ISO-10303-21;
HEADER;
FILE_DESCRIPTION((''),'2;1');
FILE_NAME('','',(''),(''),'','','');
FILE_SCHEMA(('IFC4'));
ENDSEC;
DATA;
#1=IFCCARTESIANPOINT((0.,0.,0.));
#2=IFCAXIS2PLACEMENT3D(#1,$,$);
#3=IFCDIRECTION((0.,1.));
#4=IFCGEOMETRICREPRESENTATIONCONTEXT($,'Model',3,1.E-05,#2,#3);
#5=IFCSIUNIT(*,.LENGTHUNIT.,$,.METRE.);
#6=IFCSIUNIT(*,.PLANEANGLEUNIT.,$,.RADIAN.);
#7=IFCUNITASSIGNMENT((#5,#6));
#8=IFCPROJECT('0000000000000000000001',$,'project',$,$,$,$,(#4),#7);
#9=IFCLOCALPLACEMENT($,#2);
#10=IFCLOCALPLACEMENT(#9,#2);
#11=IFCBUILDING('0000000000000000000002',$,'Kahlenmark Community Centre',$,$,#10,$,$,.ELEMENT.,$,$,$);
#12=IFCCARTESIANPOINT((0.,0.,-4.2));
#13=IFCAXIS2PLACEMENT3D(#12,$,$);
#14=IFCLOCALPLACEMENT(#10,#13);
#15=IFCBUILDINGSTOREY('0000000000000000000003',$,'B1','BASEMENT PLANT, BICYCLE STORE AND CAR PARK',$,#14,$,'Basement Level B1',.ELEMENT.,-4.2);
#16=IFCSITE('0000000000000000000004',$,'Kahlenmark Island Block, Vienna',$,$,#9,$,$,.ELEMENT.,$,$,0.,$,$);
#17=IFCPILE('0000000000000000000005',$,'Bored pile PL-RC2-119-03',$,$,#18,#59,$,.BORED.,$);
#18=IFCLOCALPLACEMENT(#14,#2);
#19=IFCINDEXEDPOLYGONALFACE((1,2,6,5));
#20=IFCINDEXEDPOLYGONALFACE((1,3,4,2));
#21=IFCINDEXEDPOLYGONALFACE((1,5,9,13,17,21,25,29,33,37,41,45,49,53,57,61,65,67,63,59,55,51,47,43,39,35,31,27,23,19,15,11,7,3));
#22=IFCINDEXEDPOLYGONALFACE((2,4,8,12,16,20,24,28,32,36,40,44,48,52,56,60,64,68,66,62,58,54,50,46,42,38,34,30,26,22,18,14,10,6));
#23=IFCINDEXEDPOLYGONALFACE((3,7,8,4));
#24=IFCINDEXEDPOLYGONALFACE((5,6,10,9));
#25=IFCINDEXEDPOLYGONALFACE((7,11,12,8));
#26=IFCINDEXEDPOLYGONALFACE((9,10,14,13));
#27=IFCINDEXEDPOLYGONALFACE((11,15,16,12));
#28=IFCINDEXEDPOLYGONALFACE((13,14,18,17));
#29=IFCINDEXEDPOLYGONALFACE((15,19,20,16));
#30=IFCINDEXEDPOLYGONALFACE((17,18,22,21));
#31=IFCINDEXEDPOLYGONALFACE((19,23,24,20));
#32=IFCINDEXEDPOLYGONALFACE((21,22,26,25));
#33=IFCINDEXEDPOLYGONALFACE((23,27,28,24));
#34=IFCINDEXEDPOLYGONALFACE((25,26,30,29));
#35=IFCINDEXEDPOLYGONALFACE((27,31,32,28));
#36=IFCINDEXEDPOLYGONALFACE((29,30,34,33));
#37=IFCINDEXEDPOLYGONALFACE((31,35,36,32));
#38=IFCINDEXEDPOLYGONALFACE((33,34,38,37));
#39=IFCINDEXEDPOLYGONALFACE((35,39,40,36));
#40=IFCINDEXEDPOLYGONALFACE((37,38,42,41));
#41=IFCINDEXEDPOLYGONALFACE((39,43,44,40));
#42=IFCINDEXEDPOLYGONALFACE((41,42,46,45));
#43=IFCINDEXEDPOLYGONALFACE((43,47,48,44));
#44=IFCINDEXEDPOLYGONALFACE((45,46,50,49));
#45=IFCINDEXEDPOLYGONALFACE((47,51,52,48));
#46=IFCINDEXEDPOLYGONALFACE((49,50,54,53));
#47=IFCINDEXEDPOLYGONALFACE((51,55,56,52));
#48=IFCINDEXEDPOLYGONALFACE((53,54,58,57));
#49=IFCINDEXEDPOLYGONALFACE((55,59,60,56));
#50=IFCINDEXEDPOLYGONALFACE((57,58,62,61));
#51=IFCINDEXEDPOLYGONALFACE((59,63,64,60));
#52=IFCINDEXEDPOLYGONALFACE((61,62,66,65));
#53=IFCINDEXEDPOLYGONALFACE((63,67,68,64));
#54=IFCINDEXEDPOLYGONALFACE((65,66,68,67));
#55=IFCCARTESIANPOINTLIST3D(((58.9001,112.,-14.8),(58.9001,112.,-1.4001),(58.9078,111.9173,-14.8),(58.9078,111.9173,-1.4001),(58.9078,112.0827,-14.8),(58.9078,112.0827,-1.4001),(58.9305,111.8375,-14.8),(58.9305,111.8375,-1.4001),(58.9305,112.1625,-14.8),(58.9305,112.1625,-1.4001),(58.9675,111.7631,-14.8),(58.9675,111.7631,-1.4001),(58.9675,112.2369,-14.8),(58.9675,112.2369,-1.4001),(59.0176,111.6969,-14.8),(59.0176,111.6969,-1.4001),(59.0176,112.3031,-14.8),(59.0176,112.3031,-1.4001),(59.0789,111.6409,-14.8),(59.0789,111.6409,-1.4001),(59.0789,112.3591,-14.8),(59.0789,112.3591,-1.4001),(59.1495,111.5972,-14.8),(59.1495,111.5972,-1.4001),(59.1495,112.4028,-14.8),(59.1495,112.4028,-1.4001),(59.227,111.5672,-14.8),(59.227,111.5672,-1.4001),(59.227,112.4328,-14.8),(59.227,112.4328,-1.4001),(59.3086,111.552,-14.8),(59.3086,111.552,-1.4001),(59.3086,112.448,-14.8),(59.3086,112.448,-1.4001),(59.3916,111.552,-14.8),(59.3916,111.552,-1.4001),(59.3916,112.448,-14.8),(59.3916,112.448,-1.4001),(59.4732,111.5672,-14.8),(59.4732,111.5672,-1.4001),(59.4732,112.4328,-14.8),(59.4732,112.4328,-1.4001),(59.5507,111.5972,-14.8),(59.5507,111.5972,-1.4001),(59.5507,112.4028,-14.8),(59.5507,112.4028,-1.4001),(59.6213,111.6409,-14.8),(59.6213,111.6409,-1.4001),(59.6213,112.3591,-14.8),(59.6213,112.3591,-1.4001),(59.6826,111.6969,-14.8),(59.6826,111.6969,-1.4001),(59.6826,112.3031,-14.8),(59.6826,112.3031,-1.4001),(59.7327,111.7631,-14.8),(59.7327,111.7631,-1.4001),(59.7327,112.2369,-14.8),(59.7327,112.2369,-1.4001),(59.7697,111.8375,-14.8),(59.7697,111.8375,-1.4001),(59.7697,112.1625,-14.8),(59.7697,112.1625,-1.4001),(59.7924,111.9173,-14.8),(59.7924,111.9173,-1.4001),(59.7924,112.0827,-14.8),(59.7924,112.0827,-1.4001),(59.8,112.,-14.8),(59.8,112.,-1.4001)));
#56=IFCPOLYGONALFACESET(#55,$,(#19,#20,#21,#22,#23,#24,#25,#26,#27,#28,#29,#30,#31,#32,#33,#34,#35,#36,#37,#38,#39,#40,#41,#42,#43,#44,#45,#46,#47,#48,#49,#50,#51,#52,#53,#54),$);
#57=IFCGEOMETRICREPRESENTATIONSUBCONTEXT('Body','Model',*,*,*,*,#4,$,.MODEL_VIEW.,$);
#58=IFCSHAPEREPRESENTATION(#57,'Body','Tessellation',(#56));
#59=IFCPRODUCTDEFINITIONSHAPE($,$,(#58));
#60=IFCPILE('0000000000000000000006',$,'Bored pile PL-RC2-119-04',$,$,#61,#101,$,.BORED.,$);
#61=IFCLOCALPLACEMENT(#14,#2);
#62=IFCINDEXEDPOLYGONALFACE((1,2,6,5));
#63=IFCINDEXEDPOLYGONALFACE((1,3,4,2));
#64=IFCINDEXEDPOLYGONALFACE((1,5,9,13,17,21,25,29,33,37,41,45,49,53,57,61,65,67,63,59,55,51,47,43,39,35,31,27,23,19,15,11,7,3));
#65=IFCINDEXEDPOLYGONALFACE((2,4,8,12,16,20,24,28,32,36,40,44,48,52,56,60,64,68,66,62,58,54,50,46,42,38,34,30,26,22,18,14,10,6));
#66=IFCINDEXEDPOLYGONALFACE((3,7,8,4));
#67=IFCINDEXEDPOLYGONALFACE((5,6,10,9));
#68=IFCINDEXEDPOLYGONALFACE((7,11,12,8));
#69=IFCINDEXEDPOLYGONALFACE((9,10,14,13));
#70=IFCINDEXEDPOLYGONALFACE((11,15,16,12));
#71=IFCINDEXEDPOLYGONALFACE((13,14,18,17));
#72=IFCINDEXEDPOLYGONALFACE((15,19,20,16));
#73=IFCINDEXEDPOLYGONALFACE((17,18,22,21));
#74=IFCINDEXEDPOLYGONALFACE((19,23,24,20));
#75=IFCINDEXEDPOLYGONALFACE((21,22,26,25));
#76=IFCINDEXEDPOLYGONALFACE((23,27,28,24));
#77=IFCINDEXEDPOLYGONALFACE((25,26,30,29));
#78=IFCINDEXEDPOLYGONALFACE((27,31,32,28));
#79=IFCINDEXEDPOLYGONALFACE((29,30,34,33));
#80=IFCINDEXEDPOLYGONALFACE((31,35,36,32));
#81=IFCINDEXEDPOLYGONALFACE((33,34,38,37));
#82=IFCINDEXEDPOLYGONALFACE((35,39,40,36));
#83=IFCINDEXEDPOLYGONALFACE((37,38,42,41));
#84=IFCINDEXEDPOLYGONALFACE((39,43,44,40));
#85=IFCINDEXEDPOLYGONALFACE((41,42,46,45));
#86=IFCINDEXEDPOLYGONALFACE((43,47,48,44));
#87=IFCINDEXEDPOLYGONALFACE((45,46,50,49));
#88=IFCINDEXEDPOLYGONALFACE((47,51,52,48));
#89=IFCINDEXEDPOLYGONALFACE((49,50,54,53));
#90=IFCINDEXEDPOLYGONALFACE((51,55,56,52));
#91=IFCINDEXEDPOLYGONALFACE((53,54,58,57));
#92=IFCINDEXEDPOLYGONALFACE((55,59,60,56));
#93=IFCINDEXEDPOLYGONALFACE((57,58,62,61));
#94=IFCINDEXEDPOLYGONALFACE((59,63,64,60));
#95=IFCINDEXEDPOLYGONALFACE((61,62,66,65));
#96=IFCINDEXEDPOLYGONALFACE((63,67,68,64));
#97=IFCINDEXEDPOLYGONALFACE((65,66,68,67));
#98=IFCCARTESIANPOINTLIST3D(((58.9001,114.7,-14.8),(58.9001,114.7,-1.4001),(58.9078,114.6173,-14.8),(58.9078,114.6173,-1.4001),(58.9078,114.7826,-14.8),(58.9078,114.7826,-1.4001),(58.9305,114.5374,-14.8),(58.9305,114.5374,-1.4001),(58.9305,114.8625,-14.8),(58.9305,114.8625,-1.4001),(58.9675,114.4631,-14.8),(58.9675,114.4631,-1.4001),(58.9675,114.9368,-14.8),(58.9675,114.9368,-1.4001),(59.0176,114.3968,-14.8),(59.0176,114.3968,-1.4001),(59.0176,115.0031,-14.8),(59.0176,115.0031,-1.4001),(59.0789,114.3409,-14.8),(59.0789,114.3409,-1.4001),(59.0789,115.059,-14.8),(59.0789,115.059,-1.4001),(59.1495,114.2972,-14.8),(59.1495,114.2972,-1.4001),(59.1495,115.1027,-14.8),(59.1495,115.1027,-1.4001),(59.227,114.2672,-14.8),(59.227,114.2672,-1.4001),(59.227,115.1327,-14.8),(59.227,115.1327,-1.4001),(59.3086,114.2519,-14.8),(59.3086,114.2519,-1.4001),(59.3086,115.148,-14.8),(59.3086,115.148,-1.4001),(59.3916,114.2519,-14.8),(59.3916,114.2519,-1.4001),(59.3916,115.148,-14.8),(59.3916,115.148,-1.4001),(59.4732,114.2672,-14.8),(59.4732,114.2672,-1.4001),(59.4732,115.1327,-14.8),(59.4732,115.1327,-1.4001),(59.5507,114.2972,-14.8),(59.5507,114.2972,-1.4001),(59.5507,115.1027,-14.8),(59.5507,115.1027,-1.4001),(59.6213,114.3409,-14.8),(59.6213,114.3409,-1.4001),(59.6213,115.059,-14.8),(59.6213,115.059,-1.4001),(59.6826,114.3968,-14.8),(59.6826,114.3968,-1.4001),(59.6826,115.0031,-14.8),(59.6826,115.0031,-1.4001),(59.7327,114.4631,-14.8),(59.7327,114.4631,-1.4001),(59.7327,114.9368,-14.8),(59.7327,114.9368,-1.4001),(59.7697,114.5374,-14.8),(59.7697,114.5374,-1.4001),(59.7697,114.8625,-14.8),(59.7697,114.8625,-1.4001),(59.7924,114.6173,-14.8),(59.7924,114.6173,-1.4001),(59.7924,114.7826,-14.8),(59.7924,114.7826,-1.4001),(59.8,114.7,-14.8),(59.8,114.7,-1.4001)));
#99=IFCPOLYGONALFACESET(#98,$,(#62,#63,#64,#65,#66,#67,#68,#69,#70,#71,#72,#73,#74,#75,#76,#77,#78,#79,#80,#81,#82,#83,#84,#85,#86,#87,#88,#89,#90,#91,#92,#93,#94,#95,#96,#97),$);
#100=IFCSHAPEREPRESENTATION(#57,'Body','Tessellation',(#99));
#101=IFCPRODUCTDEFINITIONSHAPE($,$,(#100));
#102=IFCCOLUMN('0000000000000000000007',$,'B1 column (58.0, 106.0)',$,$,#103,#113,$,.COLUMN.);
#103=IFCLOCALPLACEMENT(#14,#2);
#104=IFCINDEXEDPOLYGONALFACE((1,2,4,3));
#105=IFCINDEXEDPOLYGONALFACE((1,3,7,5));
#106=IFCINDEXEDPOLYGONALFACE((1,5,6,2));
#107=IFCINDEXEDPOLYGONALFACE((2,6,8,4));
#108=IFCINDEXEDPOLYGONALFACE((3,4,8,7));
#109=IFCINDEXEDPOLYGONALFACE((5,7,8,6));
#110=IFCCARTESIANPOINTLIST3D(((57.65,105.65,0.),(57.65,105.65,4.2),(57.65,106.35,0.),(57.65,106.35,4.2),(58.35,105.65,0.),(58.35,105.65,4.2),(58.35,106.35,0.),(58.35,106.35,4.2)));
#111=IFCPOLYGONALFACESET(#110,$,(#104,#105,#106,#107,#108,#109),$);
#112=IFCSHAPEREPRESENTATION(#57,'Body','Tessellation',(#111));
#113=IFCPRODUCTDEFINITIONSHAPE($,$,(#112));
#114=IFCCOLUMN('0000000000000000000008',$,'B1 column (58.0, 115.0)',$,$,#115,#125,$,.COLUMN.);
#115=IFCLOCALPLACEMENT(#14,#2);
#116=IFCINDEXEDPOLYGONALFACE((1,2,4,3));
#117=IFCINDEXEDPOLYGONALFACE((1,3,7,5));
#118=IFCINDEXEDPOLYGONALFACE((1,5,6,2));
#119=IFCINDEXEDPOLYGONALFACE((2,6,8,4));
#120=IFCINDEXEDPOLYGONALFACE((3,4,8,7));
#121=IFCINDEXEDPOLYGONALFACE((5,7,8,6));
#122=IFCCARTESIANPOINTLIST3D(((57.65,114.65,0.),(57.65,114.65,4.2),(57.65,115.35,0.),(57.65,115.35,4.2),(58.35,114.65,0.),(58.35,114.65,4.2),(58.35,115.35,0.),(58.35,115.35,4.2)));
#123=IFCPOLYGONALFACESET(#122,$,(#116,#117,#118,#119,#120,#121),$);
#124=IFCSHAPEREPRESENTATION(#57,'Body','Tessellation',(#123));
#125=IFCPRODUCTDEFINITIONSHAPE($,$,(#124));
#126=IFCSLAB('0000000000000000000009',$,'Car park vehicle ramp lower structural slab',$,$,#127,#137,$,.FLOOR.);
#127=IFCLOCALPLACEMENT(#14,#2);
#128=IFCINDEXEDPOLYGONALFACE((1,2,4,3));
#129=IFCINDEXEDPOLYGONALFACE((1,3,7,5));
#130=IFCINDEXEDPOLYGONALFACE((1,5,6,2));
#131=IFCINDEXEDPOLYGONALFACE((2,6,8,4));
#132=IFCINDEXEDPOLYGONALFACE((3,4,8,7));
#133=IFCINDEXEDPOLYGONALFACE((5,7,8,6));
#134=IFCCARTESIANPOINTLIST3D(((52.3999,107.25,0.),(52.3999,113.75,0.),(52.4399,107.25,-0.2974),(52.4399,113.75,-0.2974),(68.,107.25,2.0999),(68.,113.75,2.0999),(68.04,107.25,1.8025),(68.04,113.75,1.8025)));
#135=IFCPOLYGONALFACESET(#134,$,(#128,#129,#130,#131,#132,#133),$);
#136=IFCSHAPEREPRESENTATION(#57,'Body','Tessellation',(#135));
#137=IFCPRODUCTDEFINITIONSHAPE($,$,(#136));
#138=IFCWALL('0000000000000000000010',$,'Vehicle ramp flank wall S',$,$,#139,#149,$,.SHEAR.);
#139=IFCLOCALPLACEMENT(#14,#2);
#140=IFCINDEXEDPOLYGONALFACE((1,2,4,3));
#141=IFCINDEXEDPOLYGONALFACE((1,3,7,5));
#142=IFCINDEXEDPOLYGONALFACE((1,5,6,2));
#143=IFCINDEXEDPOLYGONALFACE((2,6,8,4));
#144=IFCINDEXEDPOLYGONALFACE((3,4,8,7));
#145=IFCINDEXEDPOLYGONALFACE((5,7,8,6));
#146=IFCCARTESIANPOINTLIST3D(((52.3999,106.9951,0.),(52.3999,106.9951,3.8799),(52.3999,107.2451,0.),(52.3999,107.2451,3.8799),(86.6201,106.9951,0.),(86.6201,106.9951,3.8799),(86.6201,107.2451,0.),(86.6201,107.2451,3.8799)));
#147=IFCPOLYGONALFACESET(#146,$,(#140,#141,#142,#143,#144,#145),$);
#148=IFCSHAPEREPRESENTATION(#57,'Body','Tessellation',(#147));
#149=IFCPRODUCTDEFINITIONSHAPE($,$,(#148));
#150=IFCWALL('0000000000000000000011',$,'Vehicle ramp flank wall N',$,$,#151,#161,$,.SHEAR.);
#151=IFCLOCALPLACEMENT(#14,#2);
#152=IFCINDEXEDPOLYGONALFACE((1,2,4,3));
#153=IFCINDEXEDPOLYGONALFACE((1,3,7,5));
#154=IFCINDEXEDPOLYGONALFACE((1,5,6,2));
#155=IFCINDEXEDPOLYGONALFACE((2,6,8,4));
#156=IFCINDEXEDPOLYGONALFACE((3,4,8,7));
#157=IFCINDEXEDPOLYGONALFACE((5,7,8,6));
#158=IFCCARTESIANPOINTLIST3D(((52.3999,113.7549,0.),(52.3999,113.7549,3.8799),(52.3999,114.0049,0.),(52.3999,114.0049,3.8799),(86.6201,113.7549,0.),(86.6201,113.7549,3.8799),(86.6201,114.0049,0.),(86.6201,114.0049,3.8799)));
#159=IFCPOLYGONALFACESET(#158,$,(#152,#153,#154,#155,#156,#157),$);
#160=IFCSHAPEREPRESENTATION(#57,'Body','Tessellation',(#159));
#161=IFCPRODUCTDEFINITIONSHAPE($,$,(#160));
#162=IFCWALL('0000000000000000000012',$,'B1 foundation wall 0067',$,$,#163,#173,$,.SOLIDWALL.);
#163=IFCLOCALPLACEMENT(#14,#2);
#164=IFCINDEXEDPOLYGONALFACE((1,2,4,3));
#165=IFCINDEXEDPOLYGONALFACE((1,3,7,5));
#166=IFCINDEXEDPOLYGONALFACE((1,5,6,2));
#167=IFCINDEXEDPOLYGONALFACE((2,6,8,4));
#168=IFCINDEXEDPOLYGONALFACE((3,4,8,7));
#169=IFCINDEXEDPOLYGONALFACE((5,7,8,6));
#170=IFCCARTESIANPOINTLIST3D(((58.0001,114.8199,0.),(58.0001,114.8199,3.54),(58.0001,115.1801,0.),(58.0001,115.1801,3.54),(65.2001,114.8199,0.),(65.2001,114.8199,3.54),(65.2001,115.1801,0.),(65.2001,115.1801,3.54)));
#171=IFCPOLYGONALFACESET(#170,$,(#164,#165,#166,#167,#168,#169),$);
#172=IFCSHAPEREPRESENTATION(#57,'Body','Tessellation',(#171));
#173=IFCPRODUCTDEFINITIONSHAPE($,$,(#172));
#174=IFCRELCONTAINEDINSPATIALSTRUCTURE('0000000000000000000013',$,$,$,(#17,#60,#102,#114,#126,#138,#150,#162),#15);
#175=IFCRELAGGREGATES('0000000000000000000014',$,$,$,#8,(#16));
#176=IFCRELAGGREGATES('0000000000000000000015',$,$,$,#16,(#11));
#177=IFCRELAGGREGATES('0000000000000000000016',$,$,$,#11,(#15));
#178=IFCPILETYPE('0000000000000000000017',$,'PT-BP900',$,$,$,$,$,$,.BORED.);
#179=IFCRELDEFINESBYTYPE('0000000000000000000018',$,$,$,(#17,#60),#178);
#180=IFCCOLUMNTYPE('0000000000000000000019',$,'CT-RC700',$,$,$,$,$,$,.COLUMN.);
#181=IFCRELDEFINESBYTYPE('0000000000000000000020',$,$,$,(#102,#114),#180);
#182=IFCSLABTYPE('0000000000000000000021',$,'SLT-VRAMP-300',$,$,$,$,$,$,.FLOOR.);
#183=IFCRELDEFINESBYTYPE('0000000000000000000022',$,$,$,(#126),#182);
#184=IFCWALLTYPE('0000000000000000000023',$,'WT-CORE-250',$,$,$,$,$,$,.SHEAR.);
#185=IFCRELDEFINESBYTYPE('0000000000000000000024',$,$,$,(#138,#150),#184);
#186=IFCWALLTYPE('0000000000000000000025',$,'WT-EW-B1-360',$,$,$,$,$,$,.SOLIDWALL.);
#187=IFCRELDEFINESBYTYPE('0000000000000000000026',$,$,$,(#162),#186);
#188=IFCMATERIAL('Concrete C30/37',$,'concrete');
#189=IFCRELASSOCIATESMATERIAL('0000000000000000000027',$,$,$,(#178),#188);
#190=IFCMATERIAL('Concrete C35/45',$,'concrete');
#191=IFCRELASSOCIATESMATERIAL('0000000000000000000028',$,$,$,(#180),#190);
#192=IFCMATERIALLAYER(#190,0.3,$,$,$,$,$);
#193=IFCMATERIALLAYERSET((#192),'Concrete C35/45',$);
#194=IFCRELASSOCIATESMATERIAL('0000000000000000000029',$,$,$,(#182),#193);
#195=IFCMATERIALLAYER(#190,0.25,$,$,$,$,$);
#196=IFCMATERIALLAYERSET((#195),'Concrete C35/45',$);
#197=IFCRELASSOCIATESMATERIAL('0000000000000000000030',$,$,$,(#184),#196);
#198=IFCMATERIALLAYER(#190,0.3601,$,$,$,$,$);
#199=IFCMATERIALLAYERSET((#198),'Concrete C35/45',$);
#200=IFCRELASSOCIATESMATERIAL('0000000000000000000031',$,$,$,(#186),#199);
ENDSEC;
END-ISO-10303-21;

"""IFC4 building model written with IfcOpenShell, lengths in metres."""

from ifc_helpers import new_model, si_unit, direction, frame, frame_2d, origin, origin_2d, place, context, subcontext, project, spatial, polyline, rectangle, circle, outline, extrude, material, layer, layer_set, material_profile, profile_set, type_object, element, save


model = new_model("IFC4")

# Units and contexts
model_context = context("Model", 3, precision=1e-05, world=origin(), true_north=direction((0.0, 1.0)))
body_context = subcontext(model_context, "Body", "Model", "MODEL_VIEW")
ifc_project = project(units=[si_unit("LENGTHUNIT", "METRE"), si_unit("PLANEANGLEUNIT", "RADIAN")], contexts=[model_context])

# Site, building, storey
site_placement = place(None, origin())
site = spatial("IfcSite", under=ifc_project, at=site_placement, Name="Kahlenmark Island Block, Vienna", CompositionType="ELEMENT", RefElevation=0.0)
building_placement = place(site_placement, origin())
building = spatial("IfcBuilding", under=site, at=building_placement, Name="Kahlenmark Community Centre", CompositionType="ELEMENT")
storey_placement = place(building_placement, frame((0.0, 0.0, -4.2)))
storey = spatial("IfcBuildingStorey", under=building, at=storey_placement, Name="B1", Description="BASEMENT PLANT, BICYCLE STORE AND CAR PARK", LongName="Basement Level B1", CompositionType="ELEMENT", Elevation=-4.2)

# Shared definitions
ifc_material_1 = material(Name="Concrete C30/37", Category="concrete")

# Piles
ifc_material_profile_1 = material_profile(ifc_material_1, circle(Radius=0.45, at=origin_2d()), Name="BORED PILE 900")
ifc_profile_set_1 = profile_set([ifc_material_profile_1], Name="Concrete C30/37")
pile_type_1 = type_object("IfcPileType", Name="PT-BP900", PredefinedType="BORED", material=ifc_profile_set_1)
for number, where, z_axis, x_axis, name in (
    (1, (59.3501, 112.0, -1.4001), (0.0, 0.0, -1.0), (1.0, 0.0, 0.0), "Bored pile PL-RC2-119-03"),
    (2, (59.3501, 114.7, -1.4001), (0.0, 0.0, -1.0), (1.0, 0.0, 0.0), "Bored pile PL-RC2-119-04"),
):
    element("IfcPile", number, at=place(storey_placement, frame(where, z_axis=z_axis, x_axis=x_axis)), inside=storey, type_object=pile_type_1, Name=name, PredefinedType="BORED", context=body_context, shape_type="SweptSolid", body=[
        extrude(circle(Radius=0.45, at=origin_2d()), origin(), (0.0, 0.0, 1.0), 13.3999),
    ])

# Columns
ifc_material_2 = material(Name="Concrete C35/45", Category="concrete")
ifc_material_profile_2 = material_profile(ifc_material_2, rectangle(XDim=0.7, YDim=0.7, at=origin_2d()), Name="RC 700x700")
ifc_profile_set_2 = profile_set([ifc_material_profile_2], Name="Concrete C35/45")
column_type = type_object("IfcColumnType", Name="CT-RC700", PredefinedType="COLUMN", material=ifc_profile_set_2)
for number, where, z_axis, x_axis, name in (
    (3, (58.0, 106.0, 0.0), (0.0, 0.0, 1.0), (1.0, 0.0, 0.0), "B1 column (58.0, 106.0)"),
    (4, (58.0, 115.0, 0.0), (0.0, 0.0, 1.0), (1.0, 0.0, 0.0), "B1 column (58.0, 115.0)"),
):
    element("IfcColumn", number, at=place(storey_placement, frame(where, z_axis=z_axis, x_axis=x_axis)), inside=storey, type_object=column_type, Name=name, PredefinedType="COLUMN", context=body_context, shape_type="SweptSolid", body=[
        extrude(rectangle(XDim=0.7, YDim=0.7, at=origin_2d()), origin(), (0.0, 0.0, 1.0), 4.2),
    ])

# Slab
ifc_layer_1 = layer(ifc_material_2, 0.3)
ifc_layer_set_1 = layer_set([ifc_layer_1], Name="Concrete C35/45")
slab_type = type_object("IfcSlabType", Name="SLT-VRAMP-300", PredefinedType="FLOOR", material=ifc_layer_set_1)
slab_placement = place(storey_placement, frame((52.3999, 107.25, 0.0), z_axis=(-0.133402, 0.0, 0.991062), x_axis=(0.991062, 0.0, 0.133402)))
element("IfcSlab", 5, at=slab_placement, inside=storey, type_object=slab_type, Name="Car park vehicle ramp lower structural slab", PredefinedType="FLOOR", context=body_context, shape_type="SweptSolid", body=[
    extrude(outline(polyline([(0.0, 0.0), (15.7408, 0.0), (15.7408, 6.5), (0.0, 6.5), (0.0, 0.0)])), origin(), (0.0, 0.0, -1.0), 0.3),
])

# Walls
ifc_layer_2 = layer(ifc_material_2, 0.25)
ifc_layer_set_2 = layer_set([ifc_layer_2], Name="Concrete C35/45")
wall_type_1 = type_object("IfcWallType", Name="WT-CORE-250", PredefinedType="SHEAR", material=ifc_layer_set_2)
for number, where, z_axis, x_axis, name in (
    (6, (52.3999, 107.1201, 0.0), (0.0, 0.0, 1.0), (1.0, 0.0, 0.0), "Vehicle ramp flank wall S"),
    (7, (52.3999, 113.8799, 0.0), (0.0, 0.0, 1.0), (1.0, 0.0, 0.0), "Vehicle ramp flank wall N"),
):
    element("IfcWall", number, at=place(storey_placement, frame(where, z_axis=z_axis, x_axis=x_axis)), inside=storey, type_object=wall_type_1, Name=name, PredefinedType="SHEAR", context=body_context, shape_type="SweptSolid", body=[
        extrude(rectangle(XDim=34.2202, YDim=0.25, at=frame_2d((17.1101, 0.0))), origin(), (0.0, 0.0, 1.0), 3.8799),
    ])
ifc_layer_3 = layer(ifc_material_2, 0.3601)
ifc_layer_set_3 = layer_set([ifc_layer_3], Name="Concrete C35/45")
wall_type_2 = type_object("IfcWallType", Name="WT-EW-B1-360", PredefinedType="SOLIDWALL", material=ifc_layer_set_3)
wall_placement = place(storey_placement, frame((58.0, 115.0, 0.0), z_axis=(0.0, 0.0, 1.0), x_axis=(1.0, 0.0, 0.0)))
element("IfcWall", 8, at=wall_placement, inside=storey, type_object=wall_type_2, Name="B1 foundation wall 0067", PredefinedType="SOLIDWALL", context=body_context, shape_type="SweptSolid", body=[
    extrude(rectangle(XDim=7.2, YDim=0.3601, at=frame_2d((3.6001, 0.0))), origin(), (0.0, 0.0, 1.0), 3.54),
])

save(model, "model.ifc")
